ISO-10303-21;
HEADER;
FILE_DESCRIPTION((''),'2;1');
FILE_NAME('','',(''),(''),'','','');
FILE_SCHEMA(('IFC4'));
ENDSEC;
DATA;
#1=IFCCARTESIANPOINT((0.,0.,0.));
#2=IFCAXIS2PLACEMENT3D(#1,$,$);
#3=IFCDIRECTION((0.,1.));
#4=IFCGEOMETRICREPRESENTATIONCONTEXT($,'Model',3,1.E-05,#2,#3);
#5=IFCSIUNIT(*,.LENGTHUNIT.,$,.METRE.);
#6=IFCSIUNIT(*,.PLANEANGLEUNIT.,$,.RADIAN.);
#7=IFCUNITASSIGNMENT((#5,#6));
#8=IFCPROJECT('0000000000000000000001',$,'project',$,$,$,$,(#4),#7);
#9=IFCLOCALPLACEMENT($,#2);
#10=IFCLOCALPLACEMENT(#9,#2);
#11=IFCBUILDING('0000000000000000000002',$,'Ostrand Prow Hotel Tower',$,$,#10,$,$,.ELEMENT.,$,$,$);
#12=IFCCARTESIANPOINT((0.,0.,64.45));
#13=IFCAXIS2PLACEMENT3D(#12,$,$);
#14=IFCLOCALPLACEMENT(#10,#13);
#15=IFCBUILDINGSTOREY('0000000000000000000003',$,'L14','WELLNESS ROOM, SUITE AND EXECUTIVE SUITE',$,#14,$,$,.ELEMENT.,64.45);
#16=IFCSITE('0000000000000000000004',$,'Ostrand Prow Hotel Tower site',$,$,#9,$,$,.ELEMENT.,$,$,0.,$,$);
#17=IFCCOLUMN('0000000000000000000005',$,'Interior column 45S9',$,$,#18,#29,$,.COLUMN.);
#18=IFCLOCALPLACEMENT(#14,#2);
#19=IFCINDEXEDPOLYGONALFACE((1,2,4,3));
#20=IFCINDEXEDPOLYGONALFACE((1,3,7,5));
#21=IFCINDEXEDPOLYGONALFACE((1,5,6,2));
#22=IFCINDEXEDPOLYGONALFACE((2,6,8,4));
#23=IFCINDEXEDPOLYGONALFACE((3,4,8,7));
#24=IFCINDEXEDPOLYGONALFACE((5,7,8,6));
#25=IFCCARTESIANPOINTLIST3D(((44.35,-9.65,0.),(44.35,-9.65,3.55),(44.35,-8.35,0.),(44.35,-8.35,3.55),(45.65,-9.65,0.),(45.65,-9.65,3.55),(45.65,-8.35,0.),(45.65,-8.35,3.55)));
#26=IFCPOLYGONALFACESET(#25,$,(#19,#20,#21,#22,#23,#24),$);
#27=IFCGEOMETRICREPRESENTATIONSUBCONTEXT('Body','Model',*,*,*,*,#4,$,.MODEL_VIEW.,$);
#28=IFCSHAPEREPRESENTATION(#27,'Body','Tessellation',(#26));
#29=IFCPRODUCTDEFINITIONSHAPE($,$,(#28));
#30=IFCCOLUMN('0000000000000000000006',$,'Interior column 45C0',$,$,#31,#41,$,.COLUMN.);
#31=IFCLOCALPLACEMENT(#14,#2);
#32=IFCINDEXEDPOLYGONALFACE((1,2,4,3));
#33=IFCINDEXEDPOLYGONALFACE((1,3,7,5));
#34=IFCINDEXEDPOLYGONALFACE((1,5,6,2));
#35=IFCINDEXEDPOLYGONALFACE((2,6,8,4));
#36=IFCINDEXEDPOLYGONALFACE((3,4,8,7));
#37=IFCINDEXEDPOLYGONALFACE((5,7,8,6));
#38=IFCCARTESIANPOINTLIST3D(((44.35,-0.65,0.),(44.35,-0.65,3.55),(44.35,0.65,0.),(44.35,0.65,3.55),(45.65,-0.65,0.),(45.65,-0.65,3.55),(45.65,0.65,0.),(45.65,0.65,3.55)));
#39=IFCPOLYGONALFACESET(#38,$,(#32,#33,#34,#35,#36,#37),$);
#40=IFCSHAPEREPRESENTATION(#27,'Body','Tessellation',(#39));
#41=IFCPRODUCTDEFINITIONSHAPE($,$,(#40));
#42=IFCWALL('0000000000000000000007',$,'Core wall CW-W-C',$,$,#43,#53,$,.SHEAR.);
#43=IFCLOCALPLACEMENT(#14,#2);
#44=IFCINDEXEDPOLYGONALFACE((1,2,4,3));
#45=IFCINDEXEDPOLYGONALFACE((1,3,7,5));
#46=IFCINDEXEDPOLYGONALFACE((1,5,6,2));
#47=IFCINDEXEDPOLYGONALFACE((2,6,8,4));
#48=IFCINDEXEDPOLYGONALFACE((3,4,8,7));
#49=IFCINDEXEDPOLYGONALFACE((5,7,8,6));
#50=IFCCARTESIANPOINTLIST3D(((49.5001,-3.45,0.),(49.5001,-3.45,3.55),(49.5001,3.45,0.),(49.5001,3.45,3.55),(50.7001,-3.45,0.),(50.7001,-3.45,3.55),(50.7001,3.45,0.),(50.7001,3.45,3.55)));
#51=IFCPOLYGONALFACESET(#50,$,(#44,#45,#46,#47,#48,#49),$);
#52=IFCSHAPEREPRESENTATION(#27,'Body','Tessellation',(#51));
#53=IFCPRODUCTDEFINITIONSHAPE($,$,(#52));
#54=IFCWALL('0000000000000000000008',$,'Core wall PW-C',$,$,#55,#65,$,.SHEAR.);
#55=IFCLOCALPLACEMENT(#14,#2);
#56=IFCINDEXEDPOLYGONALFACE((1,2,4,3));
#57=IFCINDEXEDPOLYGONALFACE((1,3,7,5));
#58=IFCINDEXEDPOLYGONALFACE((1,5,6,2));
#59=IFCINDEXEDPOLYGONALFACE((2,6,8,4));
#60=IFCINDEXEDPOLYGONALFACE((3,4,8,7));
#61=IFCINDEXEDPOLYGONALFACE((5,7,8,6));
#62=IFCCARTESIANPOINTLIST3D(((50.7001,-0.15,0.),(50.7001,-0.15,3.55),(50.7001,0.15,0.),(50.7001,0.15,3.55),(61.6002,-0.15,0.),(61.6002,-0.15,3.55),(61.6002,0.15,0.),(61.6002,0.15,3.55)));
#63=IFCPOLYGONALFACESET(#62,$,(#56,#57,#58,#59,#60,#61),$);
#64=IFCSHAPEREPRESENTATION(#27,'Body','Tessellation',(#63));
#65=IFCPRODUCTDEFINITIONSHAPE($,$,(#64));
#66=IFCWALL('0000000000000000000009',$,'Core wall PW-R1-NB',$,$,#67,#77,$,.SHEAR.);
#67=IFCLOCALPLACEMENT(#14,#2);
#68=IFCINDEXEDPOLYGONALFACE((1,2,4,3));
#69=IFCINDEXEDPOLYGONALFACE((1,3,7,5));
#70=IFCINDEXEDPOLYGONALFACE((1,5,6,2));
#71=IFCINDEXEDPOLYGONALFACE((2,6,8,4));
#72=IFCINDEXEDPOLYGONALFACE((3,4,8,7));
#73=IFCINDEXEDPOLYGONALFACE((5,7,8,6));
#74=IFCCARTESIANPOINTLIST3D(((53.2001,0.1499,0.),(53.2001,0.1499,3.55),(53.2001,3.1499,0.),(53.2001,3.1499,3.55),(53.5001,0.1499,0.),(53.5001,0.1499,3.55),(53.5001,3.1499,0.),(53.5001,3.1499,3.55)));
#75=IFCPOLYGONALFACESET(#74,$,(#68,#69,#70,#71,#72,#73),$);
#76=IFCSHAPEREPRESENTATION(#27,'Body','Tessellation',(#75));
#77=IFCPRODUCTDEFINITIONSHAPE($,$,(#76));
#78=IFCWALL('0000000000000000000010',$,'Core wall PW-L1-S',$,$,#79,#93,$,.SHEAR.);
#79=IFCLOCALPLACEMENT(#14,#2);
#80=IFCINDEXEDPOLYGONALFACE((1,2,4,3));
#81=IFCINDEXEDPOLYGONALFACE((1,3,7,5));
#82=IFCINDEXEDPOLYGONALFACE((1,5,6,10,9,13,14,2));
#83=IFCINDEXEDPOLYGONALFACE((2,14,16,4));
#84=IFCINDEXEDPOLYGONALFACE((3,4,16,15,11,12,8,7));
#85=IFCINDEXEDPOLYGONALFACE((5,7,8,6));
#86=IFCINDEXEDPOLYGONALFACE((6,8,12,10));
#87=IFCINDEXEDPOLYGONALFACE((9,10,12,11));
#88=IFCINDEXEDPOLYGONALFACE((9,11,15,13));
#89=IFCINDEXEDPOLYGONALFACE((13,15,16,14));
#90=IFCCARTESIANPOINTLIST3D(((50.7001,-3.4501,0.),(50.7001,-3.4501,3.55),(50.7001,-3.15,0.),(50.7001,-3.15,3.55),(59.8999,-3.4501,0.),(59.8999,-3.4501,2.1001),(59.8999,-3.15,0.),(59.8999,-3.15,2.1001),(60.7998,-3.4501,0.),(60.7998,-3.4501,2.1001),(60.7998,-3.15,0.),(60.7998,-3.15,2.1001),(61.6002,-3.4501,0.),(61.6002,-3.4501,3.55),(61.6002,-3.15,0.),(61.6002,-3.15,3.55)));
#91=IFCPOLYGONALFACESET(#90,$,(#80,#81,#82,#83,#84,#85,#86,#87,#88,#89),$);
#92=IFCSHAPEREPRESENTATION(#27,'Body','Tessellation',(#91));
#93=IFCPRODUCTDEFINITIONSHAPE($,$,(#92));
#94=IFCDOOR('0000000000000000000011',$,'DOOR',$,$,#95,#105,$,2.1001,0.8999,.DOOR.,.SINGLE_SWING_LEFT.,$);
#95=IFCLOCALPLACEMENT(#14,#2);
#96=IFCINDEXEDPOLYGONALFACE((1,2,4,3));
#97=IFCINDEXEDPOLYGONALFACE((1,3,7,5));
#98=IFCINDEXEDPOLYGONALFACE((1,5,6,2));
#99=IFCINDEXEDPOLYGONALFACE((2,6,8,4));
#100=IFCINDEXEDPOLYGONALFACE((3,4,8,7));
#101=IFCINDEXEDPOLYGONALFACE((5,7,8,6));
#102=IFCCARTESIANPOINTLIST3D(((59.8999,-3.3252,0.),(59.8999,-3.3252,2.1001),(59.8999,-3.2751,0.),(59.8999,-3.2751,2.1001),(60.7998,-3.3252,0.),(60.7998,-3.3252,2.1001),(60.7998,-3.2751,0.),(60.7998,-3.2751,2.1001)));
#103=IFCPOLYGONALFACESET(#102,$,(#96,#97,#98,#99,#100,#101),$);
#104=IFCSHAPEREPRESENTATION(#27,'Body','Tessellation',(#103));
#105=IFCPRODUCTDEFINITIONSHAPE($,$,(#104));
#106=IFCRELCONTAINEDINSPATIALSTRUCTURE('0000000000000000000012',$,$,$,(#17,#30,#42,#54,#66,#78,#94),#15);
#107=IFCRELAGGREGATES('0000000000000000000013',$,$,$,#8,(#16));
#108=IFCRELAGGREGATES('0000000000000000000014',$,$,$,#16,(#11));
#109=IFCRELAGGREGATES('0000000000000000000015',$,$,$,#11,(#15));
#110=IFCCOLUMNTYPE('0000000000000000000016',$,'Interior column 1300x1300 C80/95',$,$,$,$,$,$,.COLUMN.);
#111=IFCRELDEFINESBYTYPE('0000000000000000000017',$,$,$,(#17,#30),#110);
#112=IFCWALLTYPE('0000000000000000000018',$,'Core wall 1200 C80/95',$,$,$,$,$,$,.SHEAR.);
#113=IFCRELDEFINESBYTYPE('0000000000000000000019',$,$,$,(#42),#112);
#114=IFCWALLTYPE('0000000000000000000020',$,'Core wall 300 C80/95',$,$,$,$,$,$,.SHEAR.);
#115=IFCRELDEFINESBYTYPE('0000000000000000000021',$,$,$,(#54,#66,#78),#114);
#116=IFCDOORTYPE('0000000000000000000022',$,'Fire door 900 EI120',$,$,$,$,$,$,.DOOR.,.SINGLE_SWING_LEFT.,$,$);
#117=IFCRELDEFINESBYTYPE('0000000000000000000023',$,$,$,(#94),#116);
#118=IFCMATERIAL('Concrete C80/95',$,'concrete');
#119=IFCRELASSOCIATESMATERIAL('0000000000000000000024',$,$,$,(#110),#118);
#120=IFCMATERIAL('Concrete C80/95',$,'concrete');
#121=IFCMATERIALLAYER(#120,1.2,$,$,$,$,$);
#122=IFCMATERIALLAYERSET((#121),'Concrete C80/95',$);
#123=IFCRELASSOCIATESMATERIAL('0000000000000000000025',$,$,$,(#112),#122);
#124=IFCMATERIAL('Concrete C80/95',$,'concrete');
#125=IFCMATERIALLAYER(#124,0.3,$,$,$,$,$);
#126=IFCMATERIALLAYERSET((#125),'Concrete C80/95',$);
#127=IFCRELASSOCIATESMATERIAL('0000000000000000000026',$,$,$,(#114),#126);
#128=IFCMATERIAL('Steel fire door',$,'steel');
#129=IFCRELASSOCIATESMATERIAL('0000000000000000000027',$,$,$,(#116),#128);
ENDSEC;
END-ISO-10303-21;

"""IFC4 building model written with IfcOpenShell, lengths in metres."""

from ifc_helpers import new_model, si_unit, direction, frame, frame_2d, origin, origin_2d, place, context, subcontext, project, spatial, rectangle, extrude, material, layer, layer_set, material_profile, profile_set, type_object, element, fill, save


model = new_model("IFC4")

# Units and contexts
model_context = context("Model", 3, precision=1e-05, world=origin(), true_north=direction((0.0, 1.0)))
body_context = subcontext(model_context, "Body", "Model", "MODEL_VIEW")
ifc_project = project(units=[si_unit("LENGTHUNIT", "METRE"), si_unit("PLANEANGLEUNIT", "RADIAN")], contexts=[model_context])

# Site, building, storey
site_placement = place(None, origin())
site = spatial("IfcSite", under=ifc_project, at=site_placement, Name="Ostrand Prow Hotel Tower site", CompositionType="ELEMENT", RefElevation=0.0)
building_placement = place(site_placement, origin())
building = spatial("IfcBuilding", under=site, at=building_placement, Name="Ostrand Prow Hotel Tower", CompositionType="ELEMENT")
storey_placement = place(building_placement, frame((0.0, 0.0, 64.45)))
storey = spatial("IfcBuildingStorey", under=building, at=storey_placement, Name="L14", Description="WELLNESS ROOM, SUITE AND EXECUTIVE SUITE", CompositionType="ELEMENT", Elevation=64.45)

# Columns
ifc_material_1 = material(Name="Concrete C80/95", Category="concrete")
ifc_material_profile = material_profile(ifc_material_1, rectangle(XDim=1.3, YDim=1.3, at=origin_2d()), Name="RC 1300x1300")
ifc_profile_set = profile_set([ifc_material_profile], Name="Concrete C80/95")
column_type = type_object("IfcColumnType", Name="Interior column 1300x1300 C80/95", PredefinedType="COLUMN", material=ifc_profile_set)
for number, where, z_axis, x_axis, name in (
    (1, (45.0, -9.0, 0.0), (0.0, 0.0, 1.0), (1.0, 0.0, 0.0), "Interior column 45S9"),
    (2, (45.0, 0.0, 0.0), (0.0, 0.0, 1.0), (1.0, 0.0, 0.0), "Interior column 45C0"),
):
    element("IfcColumn", number, at=place(storey_placement, frame(where, z_axis=z_axis, x_axis=x_axis)), inside=storey, type_object=column_type, Name=name, PredefinedType="COLUMN", context=body_context, shape_type="SweptSolid", body=[
        extrude(rectangle(XDim=1.3, YDim=1.3, at=origin_2d()), origin(), (0.0, 0.0, 1.0), 3.55),
    ])

# Walls
ifc_material_2 = material(Name="Concrete C80/95", Category="concrete")
ifc_layer_1 = layer(ifc_material_2, 1.2)
ifc_layer_set_1 = layer_set([ifc_layer_1], Name="Concrete C80/95")
wall_type_1 = type_object("IfcWallType", Name="Core wall 1200 C80/95", PredefinedType="SHEAR", material=ifc_layer_set_1)
wall_1_placement = place(storey_placement, frame((50.1001, -3.45, 0.0), z_axis=(0.0, 0.0, 1.0), x_axis=(0.0, 1.0, 0.0)))
element("IfcWall", 3, at=wall_1_placement, inside=storey, type_object=wall_type_1, Name="Core wall CW-W-C", PredefinedType="SHEAR", context=body_context, shape_type="SweptSolid", body=[
    extrude(rectangle(XDim=6.8999, YDim=1.2, at=frame_2d((3.45, 0.0))), origin(), (0.0, 0.0, 1.0), 3.55),
])
ifc_material_3 = material(Name="Concrete C80/95", Category="concrete")
ifc_layer_2 = layer(ifc_material_3, 0.3)
ifc_layer_set_2 = layer_set([ifc_layer_2], Name="Concrete C80/95")
wall_type_2 = type_object("IfcWallType", Name="Core wall 300 C80/95", PredefinedType="SHEAR", material=ifc_layer_set_2)
wall_2_placement = place(storey_placement, frame((50.7, 0.0, 0.0), z_axis=(0.0, 0.0, 1.0), x_axis=(1.0, 0.0, 0.0)))
element("IfcWall", 4, at=wall_2_placement, inside=storey, type_object=wall_type_2, Name="Core wall PW-C", PredefinedType="SHEAR", context=body_context, shape_type="SweptSolid", body=[
    extrude(rectangle(XDim=10.9001, YDim=0.3, at=frame_2d((5.4502, 0.0))), origin(), (0.0, 0.0, 1.0), 3.55),
])
wall_3_placement = place(storey_placement, frame((53.3501, 0.1499, 0.0), z_axis=(0.0, 0.0, 1.0), x_axis=(0.0, 1.0, 0.0)))
element("IfcWall", 5, at=wall_3_placement, inside=storey, type_object=wall_type_2, Name="Core wall PW-R1-NB", PredefinedType="SHEAR", context=body_context, shape_type="SweptSolid", body=[
    extrude(rectangle(XDim=3.0, YDim=0.3, at=frame_2d((1.5, 0.0))), origin(), (0.0, 0.0, 1.0), 3.55),
])

# Wall, opening, door
wall_4_placement = place(storey_placement, frame((50.7, -3.3, 0.0), z_axis=(0.0, 0.0, 1.0), x_axis=(1.0, 0.0, 0.0)))
wall_4 = element("IfcWall", 6, at=wall_4_placement, inside=storey, type_object=wall_type_2, Name="Core wall PW-L1-S", PredefinedType="SHEAR", context=body_context, shape_type="SweptSolid", body=[
    extrude(rectangle(XDim=10.9001, YDim=0.3, at=frame_2d((5.4502, 0.0))), origin(), (0.0, 0.0, 1.0), 3.55),
])
opening_1_placement = place(wall_4_placement, frame((9.2, 0.0, 0.0)))
opening_1 = element("IfcOpeningElement", 7, at=opening_1_placement, cuts=wall_4, PredefinedType="OPENING", context=body_context, shape_type="SweptSolid", body=[
    extrude(rectangle(XDim=0.8999, YDim=2.1001, at=frame_2d((0.45, 1.05))), frame((0.0, 0.1599, 0.0), z_axis=(0.0, -1.0, 0.0), x_axis=(1.0, 0.0, 0.0)), (0.0, 0.0, 1.0), 0.3201),
])
ifc_material_4 = material(Name="Steel fire door", Category="steel")
door_type_1 = type_object("IfcDoorType", Name="Fire door 900 EI120", OperationType="SINGLE_SWING_LEFT", PredefinedType="DOOR", material=ifc_material_4)
door_1_placement = place(opening_1_placement, origin())
door_1 = element("IfcDoor", 8, at=door_1_placement, inside=storey, type_object=door_type_1, Name="DOOR", OperationType="SINGLE_SWING_LEFT", OverallHeight=2.1001, OverallWidth=0.8999, PredefinedType="DOOR", context=body_context, shape_type="SweptSolid", body=[
    extrude(rectangle(XDim=0.8999, YDim=2.1001, at=frame_2d((0.45, 1.05))), frame((0.0, 0.0249, 0.0), z_axis=(0.0, -1.0, 0.0), x_axis=(1.0, 0.0, 0.0)), (0.0, 0.0, 1.0), 0.05),
])
fill(opening_1, door_1)

save(model, "model.ifc")
